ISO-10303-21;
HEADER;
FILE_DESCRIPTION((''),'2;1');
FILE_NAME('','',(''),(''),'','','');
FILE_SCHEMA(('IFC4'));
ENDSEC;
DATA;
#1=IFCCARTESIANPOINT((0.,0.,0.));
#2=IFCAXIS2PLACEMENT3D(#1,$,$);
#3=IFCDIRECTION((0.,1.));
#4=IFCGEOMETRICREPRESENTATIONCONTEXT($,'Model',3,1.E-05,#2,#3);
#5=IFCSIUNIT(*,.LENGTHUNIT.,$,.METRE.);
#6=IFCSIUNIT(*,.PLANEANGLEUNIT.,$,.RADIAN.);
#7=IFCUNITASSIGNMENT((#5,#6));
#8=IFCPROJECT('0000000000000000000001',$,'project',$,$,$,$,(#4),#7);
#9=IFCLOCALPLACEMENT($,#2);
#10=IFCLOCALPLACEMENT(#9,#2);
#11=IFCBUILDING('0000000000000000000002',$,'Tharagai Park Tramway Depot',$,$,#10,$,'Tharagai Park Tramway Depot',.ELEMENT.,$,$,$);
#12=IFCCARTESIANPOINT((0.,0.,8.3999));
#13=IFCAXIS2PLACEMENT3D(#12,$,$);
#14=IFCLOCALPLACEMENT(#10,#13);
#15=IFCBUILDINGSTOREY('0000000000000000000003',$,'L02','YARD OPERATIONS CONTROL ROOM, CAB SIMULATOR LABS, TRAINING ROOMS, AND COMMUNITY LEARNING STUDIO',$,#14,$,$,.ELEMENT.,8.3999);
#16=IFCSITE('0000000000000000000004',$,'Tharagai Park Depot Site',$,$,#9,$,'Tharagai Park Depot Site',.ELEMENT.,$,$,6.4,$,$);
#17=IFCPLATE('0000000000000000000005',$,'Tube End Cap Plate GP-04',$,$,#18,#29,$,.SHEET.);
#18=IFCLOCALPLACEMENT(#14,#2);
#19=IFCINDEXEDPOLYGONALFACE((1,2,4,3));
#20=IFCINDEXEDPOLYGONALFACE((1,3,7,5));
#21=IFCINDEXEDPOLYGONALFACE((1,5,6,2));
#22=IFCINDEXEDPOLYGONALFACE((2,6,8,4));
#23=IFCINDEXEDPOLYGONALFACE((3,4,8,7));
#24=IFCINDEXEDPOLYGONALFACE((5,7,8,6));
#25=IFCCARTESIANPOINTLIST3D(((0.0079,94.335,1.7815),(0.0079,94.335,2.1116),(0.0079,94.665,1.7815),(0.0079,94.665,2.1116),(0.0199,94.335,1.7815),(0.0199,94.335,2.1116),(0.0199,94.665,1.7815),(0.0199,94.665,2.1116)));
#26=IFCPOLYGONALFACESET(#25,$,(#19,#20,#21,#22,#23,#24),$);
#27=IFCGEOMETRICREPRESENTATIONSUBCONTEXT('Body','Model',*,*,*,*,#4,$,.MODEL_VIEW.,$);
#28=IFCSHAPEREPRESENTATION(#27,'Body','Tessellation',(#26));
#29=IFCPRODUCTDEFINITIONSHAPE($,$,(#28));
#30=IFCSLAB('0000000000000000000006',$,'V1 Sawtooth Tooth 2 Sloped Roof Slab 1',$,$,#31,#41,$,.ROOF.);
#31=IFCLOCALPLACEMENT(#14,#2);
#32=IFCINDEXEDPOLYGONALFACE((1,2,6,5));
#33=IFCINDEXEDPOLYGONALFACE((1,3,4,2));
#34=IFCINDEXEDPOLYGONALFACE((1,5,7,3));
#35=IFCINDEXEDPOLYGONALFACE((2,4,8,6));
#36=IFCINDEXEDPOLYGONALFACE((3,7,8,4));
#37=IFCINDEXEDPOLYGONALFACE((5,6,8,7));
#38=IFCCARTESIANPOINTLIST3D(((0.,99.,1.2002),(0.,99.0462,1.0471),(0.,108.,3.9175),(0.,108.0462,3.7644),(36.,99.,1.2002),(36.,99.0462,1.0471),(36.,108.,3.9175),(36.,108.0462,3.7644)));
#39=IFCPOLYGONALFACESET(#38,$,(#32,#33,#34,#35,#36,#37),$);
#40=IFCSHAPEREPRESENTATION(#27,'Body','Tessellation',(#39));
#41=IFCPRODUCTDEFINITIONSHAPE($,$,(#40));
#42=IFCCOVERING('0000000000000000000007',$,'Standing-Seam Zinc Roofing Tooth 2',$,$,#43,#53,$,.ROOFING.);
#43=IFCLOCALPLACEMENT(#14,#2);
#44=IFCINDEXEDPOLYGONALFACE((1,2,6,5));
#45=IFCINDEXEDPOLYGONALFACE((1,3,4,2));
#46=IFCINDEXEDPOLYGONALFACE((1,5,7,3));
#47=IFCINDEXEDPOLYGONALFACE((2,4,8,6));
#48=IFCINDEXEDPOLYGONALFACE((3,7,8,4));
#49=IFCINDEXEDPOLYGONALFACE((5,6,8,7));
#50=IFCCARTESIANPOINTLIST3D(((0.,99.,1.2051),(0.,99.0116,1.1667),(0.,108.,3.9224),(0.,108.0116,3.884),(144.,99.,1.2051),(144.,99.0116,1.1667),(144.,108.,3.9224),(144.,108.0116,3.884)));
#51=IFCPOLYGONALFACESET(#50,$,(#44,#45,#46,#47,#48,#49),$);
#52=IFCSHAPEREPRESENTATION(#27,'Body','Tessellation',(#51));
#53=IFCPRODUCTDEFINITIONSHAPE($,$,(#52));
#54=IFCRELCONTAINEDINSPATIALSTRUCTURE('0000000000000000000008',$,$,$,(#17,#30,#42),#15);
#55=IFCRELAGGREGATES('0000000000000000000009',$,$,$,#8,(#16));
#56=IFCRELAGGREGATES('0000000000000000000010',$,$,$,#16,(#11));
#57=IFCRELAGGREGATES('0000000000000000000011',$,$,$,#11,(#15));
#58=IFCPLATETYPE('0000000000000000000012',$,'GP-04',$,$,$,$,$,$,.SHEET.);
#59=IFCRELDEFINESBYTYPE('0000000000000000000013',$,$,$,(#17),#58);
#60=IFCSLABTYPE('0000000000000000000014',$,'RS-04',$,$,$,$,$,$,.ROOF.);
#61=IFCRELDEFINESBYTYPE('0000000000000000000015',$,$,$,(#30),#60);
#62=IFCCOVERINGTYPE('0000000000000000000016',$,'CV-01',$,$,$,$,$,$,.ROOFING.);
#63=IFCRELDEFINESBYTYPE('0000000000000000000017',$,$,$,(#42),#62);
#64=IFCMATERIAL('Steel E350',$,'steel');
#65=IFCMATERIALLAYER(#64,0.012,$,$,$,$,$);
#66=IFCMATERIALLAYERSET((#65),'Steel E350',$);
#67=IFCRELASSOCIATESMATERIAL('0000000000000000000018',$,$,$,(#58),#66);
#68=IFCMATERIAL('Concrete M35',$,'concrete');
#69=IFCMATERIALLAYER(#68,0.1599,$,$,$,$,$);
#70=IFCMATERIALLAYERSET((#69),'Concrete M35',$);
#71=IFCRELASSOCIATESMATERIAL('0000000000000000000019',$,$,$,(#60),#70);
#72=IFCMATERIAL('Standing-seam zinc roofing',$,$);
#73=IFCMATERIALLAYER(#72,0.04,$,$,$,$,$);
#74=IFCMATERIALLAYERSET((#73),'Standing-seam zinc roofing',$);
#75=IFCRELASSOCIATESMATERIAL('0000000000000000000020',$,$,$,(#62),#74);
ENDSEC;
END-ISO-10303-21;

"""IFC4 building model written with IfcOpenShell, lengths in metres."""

from ifc_helpers import new_model, si_unit, direction, frame, origin, origin_2d, place, context, subcontext, project, spatial, polyline, rectangle, outline, extrude, material, layer, layer_set, type_object, element, save


model = new_model("IFC4")

# Units and contexts
model_context = context("Model", 3, precision=1e-05, world=origin(), true_north=direction((0.0, 1.0)))
body_context = subcontext(model_context, "Body", "Model", "MODEL_VIEW")
ifc_project = project(units=[si_unit("LENGTHUNIT", "METRE"), si_unit("PLANEANGLEUNIT", "RADIAN")], contexts=[model_context])

# Site, building, storey
site_placement = place(None, origin())
site = spatial("IfcSite", under=ifc_project, at=site_placement, Name="Tharagai Park Depot Site", LongName="Tharagai Park Depot Site", CompositionType="ELEMENT", RefElevation=6.4)
building_placement = place(site_placement, origin())
building = spatial("IfcBuilding", under=site, at=building_placement, Name="Tharagai Park Tramway Depot", LongName="Tharagai Park Tramway Depot", CompositionType="ELEMENT")
storey_placement = place(building_placement, frame((0.0, 0.0, 8.3999)))
storey = spatial("IfcBuildingStorey", under=building, at=storey_placement, Name="L02", Description="YARD OPERATIONS CONTROL ROOM, CAB SIMULATOR LABS, TRAINING ROOMS, AND COMMUNITY LEARNING STUDIO", CompositionType="ELEMENT", Elevation=8.3999)

# Shared definitions
ifc_material_1 = material(Name="Steel E350", Category="steel")

# Plate
ifc_layer_1 = layer(ifc_material_1, 0.012)
ifc_layer_set_1 = layer_set([ifc_layer_1], Name="Steel E350")
plate_type_1 = type_object("IfcPlateType", Name="GP-04", PredefinedType="SHEET", material=ifc_layer_set_1)
plate_1_placement = place(storey_placement, frame((0.0139, 94.5, 1.7815), z_axis=(0.0, 0.0, 1.0), x_axis=(1.0, 0.0, 0.0)))
element("IfcPlate", 1, at=plate_1_placement, inside=storey, type_object=plate_type_1, Name="Tube End Cap Plate GP-04", PredefinedType="SHEET", context=body_context, shape_type="SweptSolid", body=[
    extrude(rectangle(XDim=0.012, YDim=0.3301, at=origin_2d()), origin(), (0.0, 0.0, 1.0), 0.3301),
])

# Slab
ifc_material_2 = material(Name="Concrete M35", Category="concrete")
ifc_layer_2 = layer(ifc_material_2, 0.1599)
ifc_layer_set_2 = layer_set([ifc_layer_2], Name="Concrete M35")
slab_type = type_object("IfcSlabType", Name="RS-04", PredefinedType="ROOF", material=ifc_layer_set_2)
slab_placement = place(storey_placement, frame((0.0, 99.0, 1.2002), z_axis=(0.0, -0.289034, 0.957319), x_axis=(1.0, 0.0, 0.0)))
element("IfcSlab", 2, at=slab_placement, inside=storey, type_object=slab_type, Name="V1 Sawtooth Tooth 2 Sloped Roof Slab 1", PredefinedType="ROOF", context=body_context, shape_type="SweptSolid", body=[
    extrude(outline(polyline([(0.0, 0.0), (36.0, 0.0), (36.0, 9.4013), (0.0, 9.4013), (0.0, 0.0)])), origin(), (0.0, 0.0, -1.0), 0.1599),
])

# Covering
ifc_material_3 = material(Name="Standing-seam zinc roofing")
ifc_layer_3 = layer(ifc_material_3, 0.04)
ifc_layer_set_3 = layer_set([ifc_layer_3], Name="Standing-seam zinc roofing")
covering_type = type_object("IfcCoveringType", Name="CV-01", PredefinedType="ROOFING", material=ifc_layer_set_3)
covering_placement = place(storey_placement, frame((0.0, 99.0, 1.2051), z_axis=(0.0, -0.289034, 0.957319), x_axis=(1.0, 0.0, 0.0)))
element("IfcCovering", 3, at=covering_placement, inside=storey, type_object=covering_type, Name="Standing-Seam Zinc Roofing Tooth 2", PredefinedType="ROOFING", context=body_context, shape_type="SweptSolid", body=[
    extrude(outline(polyline([(0.0, 0.0), (144.0, 0.0), (144.0, 9.4013), (0.0, 9.4013), (0.0, 0.0)])), origin(), (0.0, 0.0, -1.0), 0.04),
])

save(model, "model.ifc")
